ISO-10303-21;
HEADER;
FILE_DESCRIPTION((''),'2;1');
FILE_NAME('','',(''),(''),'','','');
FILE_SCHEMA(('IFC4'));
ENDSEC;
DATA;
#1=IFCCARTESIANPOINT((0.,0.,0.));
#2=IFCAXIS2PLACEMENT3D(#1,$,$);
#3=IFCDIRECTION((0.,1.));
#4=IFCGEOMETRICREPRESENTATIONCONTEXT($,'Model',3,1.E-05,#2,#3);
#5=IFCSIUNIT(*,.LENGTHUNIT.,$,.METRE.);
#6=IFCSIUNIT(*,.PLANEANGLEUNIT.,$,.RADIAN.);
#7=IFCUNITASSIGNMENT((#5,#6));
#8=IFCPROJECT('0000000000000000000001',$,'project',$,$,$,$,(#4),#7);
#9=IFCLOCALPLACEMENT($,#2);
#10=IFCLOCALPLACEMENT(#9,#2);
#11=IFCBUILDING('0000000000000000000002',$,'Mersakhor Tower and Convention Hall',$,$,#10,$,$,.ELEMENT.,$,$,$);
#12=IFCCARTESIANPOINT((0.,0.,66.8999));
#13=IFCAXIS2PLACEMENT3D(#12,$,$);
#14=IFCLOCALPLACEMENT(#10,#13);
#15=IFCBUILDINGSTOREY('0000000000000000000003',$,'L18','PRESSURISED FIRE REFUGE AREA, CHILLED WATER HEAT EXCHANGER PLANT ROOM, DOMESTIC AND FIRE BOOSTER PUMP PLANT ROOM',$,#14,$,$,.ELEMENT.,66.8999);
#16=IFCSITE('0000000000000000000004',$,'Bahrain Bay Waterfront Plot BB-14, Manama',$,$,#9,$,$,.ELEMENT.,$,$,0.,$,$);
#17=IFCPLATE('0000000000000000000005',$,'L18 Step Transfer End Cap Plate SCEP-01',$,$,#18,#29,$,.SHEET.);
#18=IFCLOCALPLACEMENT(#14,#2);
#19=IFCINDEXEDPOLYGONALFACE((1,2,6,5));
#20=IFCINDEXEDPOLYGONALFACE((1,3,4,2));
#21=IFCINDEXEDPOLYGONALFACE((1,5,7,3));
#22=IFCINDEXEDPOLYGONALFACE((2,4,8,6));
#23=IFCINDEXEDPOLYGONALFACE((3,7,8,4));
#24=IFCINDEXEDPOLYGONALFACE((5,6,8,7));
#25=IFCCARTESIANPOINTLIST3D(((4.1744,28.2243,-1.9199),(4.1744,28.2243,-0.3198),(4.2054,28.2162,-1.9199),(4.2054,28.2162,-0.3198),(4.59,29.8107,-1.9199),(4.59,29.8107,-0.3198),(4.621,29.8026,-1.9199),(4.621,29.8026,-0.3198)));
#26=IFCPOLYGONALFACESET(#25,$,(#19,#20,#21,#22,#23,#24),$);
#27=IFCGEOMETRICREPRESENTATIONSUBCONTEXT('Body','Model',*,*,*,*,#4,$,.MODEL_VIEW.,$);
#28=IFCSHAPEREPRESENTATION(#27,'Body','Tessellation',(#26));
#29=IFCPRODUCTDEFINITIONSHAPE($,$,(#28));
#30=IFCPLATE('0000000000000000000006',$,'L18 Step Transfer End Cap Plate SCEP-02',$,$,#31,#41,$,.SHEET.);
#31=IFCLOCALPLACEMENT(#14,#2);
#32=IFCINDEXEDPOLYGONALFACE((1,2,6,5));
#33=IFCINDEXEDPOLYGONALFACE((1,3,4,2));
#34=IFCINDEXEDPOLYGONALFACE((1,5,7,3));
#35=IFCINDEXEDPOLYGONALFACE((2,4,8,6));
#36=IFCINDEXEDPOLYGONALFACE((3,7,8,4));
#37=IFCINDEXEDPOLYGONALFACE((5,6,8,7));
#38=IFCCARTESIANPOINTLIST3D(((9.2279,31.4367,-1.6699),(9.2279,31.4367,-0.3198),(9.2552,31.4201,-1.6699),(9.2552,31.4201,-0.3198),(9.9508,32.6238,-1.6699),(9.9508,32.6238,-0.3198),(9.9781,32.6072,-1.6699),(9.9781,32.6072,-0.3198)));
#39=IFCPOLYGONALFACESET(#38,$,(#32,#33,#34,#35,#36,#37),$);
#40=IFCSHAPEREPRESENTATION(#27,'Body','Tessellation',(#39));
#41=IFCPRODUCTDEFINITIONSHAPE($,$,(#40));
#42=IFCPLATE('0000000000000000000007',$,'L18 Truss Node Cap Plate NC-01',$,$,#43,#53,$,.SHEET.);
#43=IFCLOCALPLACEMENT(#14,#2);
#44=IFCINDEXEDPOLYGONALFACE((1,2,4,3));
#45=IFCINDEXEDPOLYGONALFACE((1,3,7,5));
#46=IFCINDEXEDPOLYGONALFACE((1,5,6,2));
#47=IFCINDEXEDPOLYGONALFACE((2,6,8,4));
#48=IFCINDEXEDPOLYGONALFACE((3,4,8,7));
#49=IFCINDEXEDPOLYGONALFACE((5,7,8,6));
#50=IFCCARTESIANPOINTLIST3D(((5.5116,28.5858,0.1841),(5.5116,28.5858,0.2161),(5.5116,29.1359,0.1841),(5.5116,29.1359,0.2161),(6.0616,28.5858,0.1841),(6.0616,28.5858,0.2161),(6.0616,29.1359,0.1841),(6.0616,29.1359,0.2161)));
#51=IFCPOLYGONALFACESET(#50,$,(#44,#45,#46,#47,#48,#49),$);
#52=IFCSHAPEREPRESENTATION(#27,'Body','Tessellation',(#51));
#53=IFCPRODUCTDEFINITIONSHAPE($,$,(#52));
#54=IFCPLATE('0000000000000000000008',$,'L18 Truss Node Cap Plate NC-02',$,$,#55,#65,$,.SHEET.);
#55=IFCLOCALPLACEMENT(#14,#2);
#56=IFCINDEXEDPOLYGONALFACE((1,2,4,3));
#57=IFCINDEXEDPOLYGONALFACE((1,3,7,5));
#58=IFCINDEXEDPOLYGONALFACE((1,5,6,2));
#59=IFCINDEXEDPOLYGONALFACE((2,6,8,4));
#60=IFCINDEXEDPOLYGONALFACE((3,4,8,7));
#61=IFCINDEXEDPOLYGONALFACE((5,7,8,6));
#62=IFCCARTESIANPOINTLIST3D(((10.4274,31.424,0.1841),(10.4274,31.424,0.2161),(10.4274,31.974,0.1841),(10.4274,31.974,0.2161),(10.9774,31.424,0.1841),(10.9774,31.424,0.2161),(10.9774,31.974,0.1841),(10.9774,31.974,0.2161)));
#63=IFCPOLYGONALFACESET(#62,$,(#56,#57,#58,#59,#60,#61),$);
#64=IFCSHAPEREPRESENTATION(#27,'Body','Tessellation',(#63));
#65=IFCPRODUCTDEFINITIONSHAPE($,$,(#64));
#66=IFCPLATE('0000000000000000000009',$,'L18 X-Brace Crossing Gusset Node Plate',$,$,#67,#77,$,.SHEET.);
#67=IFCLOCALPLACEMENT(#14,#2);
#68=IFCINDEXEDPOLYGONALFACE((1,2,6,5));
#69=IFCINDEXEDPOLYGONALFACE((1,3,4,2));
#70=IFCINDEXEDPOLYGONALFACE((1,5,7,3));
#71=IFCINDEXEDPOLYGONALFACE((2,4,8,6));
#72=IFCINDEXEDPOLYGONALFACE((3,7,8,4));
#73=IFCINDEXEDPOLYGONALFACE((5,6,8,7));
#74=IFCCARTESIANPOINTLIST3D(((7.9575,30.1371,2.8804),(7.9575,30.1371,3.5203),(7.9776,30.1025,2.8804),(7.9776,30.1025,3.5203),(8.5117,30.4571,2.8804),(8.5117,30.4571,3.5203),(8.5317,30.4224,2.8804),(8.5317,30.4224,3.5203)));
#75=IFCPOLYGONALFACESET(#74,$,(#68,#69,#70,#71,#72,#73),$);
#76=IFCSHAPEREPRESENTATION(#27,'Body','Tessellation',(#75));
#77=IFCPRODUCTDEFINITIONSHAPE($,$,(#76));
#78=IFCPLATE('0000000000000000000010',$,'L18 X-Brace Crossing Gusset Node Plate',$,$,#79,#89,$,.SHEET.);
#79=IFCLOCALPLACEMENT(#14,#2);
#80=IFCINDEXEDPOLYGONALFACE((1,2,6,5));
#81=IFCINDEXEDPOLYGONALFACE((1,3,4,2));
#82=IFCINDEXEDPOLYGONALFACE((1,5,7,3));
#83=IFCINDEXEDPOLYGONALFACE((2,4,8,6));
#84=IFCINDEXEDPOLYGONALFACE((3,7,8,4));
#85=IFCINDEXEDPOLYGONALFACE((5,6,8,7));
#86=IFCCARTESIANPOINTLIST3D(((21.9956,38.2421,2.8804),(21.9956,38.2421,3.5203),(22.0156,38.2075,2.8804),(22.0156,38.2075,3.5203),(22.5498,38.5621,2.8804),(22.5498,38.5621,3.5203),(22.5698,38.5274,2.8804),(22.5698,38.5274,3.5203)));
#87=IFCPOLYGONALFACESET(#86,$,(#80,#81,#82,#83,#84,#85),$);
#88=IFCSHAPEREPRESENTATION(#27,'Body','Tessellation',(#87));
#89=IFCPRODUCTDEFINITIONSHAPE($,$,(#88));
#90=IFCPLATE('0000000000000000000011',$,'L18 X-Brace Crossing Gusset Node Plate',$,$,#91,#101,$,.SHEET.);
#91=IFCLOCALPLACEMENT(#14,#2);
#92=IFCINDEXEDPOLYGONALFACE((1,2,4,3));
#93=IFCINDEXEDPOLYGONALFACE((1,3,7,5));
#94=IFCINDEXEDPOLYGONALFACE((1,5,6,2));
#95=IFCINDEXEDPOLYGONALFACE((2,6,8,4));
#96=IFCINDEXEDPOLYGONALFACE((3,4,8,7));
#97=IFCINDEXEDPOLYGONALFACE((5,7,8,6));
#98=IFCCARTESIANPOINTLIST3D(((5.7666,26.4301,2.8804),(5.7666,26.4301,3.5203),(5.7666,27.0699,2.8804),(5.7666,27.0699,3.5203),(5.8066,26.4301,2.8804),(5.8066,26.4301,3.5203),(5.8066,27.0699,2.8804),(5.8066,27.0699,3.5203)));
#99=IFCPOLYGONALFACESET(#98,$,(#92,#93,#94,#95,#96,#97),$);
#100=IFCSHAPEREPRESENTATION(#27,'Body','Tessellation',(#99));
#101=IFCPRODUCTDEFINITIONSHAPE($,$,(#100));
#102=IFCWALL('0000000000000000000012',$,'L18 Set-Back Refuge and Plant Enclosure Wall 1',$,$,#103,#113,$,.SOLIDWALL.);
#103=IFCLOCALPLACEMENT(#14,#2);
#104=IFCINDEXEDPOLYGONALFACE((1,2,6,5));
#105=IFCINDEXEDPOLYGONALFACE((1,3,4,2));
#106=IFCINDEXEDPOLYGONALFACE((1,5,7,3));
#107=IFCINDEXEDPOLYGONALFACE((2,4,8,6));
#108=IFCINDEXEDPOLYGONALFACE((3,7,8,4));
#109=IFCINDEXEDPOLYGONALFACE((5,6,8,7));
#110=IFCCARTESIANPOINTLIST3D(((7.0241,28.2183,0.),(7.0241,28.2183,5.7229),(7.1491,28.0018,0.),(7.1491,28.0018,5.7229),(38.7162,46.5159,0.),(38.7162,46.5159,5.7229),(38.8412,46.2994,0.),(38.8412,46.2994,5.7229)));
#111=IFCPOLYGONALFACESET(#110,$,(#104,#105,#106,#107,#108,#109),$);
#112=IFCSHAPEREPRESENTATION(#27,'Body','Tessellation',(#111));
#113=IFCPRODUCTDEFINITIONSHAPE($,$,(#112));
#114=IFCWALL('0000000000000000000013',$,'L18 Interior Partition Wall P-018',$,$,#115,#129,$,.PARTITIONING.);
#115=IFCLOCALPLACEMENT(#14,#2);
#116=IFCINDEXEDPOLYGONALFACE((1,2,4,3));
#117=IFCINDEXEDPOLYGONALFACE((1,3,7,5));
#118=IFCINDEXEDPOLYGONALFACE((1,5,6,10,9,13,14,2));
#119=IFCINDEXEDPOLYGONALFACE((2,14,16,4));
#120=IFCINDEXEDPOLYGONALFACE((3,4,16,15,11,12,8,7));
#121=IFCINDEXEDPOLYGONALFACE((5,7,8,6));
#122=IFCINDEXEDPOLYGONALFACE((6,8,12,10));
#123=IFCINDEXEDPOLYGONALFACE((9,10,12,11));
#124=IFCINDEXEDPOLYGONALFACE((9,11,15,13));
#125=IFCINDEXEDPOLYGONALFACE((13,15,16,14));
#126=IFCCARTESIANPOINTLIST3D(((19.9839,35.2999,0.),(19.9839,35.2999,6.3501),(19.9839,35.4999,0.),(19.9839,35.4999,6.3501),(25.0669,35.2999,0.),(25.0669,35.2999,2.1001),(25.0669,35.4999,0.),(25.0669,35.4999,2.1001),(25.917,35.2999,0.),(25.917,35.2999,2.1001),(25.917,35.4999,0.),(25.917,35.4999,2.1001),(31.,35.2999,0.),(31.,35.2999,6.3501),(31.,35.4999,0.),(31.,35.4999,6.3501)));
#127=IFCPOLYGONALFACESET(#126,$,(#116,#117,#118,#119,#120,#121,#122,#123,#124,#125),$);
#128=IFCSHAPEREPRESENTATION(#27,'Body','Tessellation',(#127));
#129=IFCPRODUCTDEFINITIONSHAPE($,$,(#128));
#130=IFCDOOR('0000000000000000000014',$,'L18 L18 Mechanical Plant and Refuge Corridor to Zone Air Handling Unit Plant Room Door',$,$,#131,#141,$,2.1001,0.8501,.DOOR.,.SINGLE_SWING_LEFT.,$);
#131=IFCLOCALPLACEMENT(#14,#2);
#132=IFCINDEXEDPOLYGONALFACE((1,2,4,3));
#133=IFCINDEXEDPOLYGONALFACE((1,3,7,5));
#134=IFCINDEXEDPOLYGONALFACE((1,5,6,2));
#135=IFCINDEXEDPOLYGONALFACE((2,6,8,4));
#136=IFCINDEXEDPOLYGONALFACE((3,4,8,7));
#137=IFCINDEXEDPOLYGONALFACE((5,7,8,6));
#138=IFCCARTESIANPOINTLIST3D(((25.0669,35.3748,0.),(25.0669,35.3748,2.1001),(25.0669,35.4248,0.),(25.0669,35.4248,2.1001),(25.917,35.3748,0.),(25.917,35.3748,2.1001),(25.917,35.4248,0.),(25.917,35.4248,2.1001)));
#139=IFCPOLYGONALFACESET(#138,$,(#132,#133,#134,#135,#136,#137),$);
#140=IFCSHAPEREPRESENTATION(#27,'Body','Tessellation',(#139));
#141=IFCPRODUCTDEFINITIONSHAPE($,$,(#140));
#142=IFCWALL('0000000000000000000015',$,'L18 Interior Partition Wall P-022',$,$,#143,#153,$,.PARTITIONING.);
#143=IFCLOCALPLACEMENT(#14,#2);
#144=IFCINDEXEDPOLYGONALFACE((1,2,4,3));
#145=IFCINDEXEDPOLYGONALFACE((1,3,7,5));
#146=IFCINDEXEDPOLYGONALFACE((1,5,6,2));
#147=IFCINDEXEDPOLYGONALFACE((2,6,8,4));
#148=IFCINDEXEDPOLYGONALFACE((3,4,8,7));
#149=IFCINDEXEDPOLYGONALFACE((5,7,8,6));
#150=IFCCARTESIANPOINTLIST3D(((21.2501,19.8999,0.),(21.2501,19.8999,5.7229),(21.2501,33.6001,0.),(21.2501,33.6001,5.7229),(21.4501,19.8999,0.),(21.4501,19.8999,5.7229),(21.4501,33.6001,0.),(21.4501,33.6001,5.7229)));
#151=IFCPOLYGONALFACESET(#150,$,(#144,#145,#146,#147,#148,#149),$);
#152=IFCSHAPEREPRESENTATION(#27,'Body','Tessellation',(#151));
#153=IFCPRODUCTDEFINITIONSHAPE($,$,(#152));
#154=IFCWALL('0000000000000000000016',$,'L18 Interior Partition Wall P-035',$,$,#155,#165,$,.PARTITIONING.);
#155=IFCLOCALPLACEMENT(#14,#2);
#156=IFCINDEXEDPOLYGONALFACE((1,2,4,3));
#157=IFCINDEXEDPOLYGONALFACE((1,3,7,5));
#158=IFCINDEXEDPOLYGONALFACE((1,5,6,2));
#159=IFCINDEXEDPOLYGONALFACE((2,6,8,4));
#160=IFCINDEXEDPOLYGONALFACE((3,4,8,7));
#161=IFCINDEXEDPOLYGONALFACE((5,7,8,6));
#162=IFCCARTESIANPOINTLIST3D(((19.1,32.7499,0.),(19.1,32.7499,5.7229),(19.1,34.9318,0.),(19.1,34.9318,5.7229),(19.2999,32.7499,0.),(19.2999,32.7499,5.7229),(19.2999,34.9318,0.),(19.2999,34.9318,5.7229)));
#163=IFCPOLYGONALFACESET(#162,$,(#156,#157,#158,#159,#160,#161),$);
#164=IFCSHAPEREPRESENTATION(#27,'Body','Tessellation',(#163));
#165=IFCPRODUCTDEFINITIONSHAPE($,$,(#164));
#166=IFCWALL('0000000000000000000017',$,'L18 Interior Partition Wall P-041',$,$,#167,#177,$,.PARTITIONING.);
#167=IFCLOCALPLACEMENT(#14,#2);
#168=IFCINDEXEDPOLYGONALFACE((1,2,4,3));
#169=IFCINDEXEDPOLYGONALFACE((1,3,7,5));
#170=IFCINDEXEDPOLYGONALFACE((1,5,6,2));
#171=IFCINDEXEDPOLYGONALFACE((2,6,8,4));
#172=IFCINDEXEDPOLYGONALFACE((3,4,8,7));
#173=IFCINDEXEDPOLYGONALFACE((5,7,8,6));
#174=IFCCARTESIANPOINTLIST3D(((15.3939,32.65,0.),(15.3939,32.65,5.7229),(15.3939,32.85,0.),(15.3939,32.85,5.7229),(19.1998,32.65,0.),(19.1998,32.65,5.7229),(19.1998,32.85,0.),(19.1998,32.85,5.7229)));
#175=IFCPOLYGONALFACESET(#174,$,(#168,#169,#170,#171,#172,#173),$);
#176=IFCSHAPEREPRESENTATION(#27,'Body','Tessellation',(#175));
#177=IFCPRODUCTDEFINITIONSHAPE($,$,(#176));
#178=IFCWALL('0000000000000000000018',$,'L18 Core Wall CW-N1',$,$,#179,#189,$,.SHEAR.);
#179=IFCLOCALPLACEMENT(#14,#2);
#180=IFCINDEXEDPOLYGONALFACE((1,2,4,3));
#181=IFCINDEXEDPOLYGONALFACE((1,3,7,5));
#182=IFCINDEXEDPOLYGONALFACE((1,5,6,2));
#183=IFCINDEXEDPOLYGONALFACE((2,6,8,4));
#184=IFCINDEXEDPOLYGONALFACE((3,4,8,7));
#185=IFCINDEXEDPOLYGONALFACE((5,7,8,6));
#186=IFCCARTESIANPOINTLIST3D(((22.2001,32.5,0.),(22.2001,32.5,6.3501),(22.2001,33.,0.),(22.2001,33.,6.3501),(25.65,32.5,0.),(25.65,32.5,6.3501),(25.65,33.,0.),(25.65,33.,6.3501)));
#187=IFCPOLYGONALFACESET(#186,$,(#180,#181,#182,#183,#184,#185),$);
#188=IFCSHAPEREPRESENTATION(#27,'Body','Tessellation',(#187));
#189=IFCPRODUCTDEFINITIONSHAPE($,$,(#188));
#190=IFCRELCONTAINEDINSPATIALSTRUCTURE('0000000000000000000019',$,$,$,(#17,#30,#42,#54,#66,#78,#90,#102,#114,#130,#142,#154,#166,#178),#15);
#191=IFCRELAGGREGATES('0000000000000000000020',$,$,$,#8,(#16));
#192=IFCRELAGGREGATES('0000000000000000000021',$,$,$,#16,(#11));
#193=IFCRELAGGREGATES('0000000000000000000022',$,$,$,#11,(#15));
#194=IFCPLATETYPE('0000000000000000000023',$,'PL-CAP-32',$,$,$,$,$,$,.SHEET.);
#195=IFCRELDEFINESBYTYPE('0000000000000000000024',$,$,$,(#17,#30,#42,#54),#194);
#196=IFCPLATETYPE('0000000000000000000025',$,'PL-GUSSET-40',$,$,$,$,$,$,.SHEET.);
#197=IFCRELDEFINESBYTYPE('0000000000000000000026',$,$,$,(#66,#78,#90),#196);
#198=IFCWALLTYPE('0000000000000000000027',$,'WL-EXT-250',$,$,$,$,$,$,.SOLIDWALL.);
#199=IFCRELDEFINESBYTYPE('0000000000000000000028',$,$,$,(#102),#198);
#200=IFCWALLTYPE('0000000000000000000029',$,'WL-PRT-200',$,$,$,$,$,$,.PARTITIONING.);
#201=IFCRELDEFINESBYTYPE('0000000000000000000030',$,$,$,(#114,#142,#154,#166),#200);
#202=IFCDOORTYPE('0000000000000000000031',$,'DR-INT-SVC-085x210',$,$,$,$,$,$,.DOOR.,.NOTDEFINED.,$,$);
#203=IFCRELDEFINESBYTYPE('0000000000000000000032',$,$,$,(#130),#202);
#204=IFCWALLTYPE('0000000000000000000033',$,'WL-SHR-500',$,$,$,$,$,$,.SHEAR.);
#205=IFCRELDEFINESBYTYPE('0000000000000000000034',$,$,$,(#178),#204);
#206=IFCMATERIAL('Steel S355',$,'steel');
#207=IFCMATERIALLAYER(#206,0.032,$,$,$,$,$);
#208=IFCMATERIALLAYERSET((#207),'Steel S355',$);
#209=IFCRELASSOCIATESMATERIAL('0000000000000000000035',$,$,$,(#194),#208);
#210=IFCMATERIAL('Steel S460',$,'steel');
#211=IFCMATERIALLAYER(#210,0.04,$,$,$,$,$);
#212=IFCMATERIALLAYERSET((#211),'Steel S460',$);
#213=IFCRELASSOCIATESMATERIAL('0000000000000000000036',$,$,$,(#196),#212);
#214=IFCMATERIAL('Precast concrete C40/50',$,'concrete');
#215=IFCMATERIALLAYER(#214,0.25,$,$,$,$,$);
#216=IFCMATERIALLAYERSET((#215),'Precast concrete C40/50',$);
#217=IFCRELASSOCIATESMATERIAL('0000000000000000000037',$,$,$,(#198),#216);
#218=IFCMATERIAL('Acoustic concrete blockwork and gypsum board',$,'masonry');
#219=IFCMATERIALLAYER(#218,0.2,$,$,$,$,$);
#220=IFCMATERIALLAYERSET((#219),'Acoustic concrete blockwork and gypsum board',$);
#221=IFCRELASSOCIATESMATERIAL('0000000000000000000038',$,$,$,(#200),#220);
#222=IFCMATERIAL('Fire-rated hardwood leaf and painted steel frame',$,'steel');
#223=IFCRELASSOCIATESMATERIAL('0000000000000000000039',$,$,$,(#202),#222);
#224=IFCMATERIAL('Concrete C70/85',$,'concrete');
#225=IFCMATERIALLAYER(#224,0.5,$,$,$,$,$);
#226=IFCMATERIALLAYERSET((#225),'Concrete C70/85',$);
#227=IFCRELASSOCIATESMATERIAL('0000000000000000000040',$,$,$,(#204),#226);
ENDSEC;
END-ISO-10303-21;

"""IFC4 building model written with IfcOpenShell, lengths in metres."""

from ifc_helpers import new_model, si_unit, direction, frame, frame_2d, origin, origin_2d, place, context, subcontext, project, spatial, rectangle, extrude, material, layer, layer_set, type_object, element, fill, save


model = new_model("IFC4")

# Units and contexts
model_context = context("Model", 3, precision=1e-05, world=origin(), true_north=direction((0.0, 1.0)))
body_context = subcontext(model_context, "Body", "Model", "MODEL_VIEW")
ifc_project = project(units=[si_unit("LENGTHUNIT", "METRE"), si_unit("PLANEANGLEUNIT", "RADIAN")], contexts=[model_context])

# Site, building, storey
site_placement = place(None, origin())
site = spatial("IfcSite", under=ifc_project, at=site_placement, Name="Bahrain Bay Waterfront Plot BB-14, Manama", CompositionType="ELEMENT", RefElevation=0.0)
building_placement = place(site_placement, origin())
building = spatial("IfcBuilding", under=site, at=building_placement, Name="Mersakhor Tower and Convention Hall", CompositionType="ELEMENT")
storey_placement = place(building_placement, frame((0.0, 0.0, 66.8999)))
storey = spatial("IfcBuildingStorey", under=building, at=storey_placement, Name="L18", Description="PRESSURISED FIRE REFUGE AREA, CHILLED WATER HEAT EXCHANGER PLANT ROOM, DOMESTIC AND FIRE BOOSTER PUMP PLANT ROOM", CompositionType="ELEMENT", Elevation=66.8999)

# Plates
ifc_material_1 = material(Name="Steel S355", Category="steel")
ifc_layer_1 = layer(ifc_material_1, 0.032)
ifc_layer_set_1 = layer_set([ifc_layer_1], Name="Steel S355")
plate_type_1 = type_object("IfcPlateType", Name="PL-CAP-32", PredefinedType="SHEET", material=ifc_layer_set_1)
plate_1_placement = place(storey_placement, frame((4.3977, 29.0134, -1.9199), z_axis=(0.0, 0.0, 1.0), x_axis=(0.967356, -0.25342, 0.0)))
element("IfcPlate", 1, at=plate_1_placement, inside=storey, type_object=plate_type_1, Name="L18 Step Transfer End Cap Plate SCEP-01", PredefinedType="SHEET", context=body_context, shape_type="SweptSolid", body=[
    extrude(rectangle(XDim=0.032, YDim=1.6399, at=origin_2d()), origin(), (0.0, 0.0, 1.0), 1.6001),
])
plate_2_placement = place(storey_placement, frame((9.603, 32.022, -1.6699), z_axis=(0.0, 0.0, 1.0), x_axis=(0.854096, -0.520116, 0.0)))
element("IfcPlate", 2, at=plate_2_placement, inside=storey, type_object=plate_type_1, Name="L18 Step Transfer End Cap Plate SCEP-02", PredefinedType="SHEET", context=body_context, shape_type="SweptSolid", body=[
    extrude(rectangle(XDim=0.032, YDim=1.3899, at=origin_2d()), origin(), (0.0, 0.0, 1.0), 1.3501),
])
for number, where, z_axis, x_axis, name in (
    (3, (5.7866, 28.8608, 0.1841), (0.0, 0.0, 1.0), (1.0, 0.0, 0.0), "L18 Truss Node Cap Plate NC-01"),
    (4, (10.7024, 31.699, 0.1841), (0.0, 0.0, 1.0), (1.0, 0.0, 0.0), "L18 Truss Node Cap Plate NC-02"),
):
    element("IfcPlate", number, at=place(storey_placement, frame(where, z_axis=z_axis, x_axis=x_axis)), inside=storey, type_object=plate_type_1, Name=name, PredefinedType="SHEET", context=body_context, shape_type="SweptSolid", body=[
        extrude(rectangle(XDim=0.55, YDim=0.55, at=origin_2d()), origin(), (0.0, 0.0, 1.0), 0.032),
    ])
ifc_material_2 = material(Name="Steel S460", Category="steel")
ifc_layer_2 = layer(ifc_material_2, 0.04)
ifc_layer_set_2 = layer_set([ifc_layer_2], Name="Steel S460")
plate_type_2 = type_object("IfcPlateType", Name="PL-GUSSET-40", PredefinedType="SHEET", material=ifc_layer_set_2)
for number, where, z_axis, x_axis, name in (
    (5, (8.2446, 30.2798, 2.8804), (0.0, 0.0, 1.0), (-0.866025, -0.5, 0.0), "L18 X-Brace Crossing Gusset Node Plate"),
    (6, (22.2827, 38.3848, 2.8804), (0.0, 0.0, 1.0), (-0.866025, -0.5, 0.0), "L18 X-Brace Crossing Gusset Node Plate"),
    (7, (5.7866, 26.75, 2.8804), (0.0, 0.0, 1.0), (0.0, -1.0, 0.0), "L18 X-Brace Crossing Gusset Node Plate"),
):
    element("IfcPlate", number, at=place(storey_placement, frame(where, z_axis=z_axis, x_axis=x_axis)), inside=storey, type_object=plate_type_2, Name=name, PredefinedType="SHEET", context=body_context, shape_type="SweptSolid", body=[
        extrude(rectangle(XDim=0.6399, YDim=0.04, at=origin_2d()), origin(), (0.0, 0.0, 1.0), 0.6399),
    ])

# Wall
ifc_material_3 = material(Name="Precast concrete C40/50", Category="concrete")
ifc_layer_3 = layer(ifc_material_3, 0.25)
ifc_layer_set_3 = layer_set([ifc_layer_3], Name="Precast concrete C40/50")
wall_type_1 = type_object("IfcWallType", Name="WL-EXT-250", PredefinedType="SOLIDWALL", material=ifc_layer_set_3)
wall_1_placement = place(storey_placement, frame((7.0867, 28.1101, 0.0), z_axis=(0.0, 0.0, 1.0), x_axis=(0.866024, 0.500003, 0.0)))
element("IfcWall", 8, at=wall_1_placement, inside=storey, type_object=wall_type_1, Name="L18 Set-Back Refuge and Plant Enclosure Wall 1", PredefinedType="SOLIDWALL", context=body_context, shape_type="SweptSolid", body=[
    extrude(rectangle(XDim=36.595, YDim=0.25, at=frame_2d((18.2974, 0.0))), origin(), (0.0, 0.0, 1.0), 5.7229),
])

# Wall, opening, door
ifc_material_4 = material(Name="Acoustic concrete blockwork and gypsum board", Category="masonry")
ifc_layer_4 = layer(ifc_material_4, 0.2)
ifc_layer_set_4 = layer_set([ifc_layer_4], Name="Acoustic concrete blockwork and gypsum board")
wall_type_2 = type_object("IfcWallType", Name="WL-PRT-200", PredefinedType="PARTITIONING", material=ifc_layer_set_4)
wall_2_placement = place(storey_placement, frame((19.9839, 35.3999, 0.0), z_axis=(0.0, 0.0, 1.0), x_axis=(1.0, 0.0, 0.0)))
wall_2 = element("IfcWall", 9, at=wall_2_placement, inside=storey, type_object=wall_type_2, Name="L18 Interior Partition Wall P-018", PredefinedType="PARTITIONING", context=body_context, shape_type="SweptSolid", body=[
    extrude(rectangle(XDim=11.0161, YDim=0.2, at=frame_2d((5.5081, 0.0))), origin(), (0.0, 0.0, 1.0), 6.3501),
])
opening_placement = place(wall_2_placement, frame((5.083, 0.0, 0.0)))
opening = element("IfcOpeningElement", 10, at=opening_placement, cuts=wall_2, PredefinedType="OPENING", context=body_context, shape_type="SweptSolid", body=[
    extrude(rectangle(XDim=0.8501, YDim=2.1001, at=frame_2d((0.425, 1.05))), frame((0.0, 0.1099, 0.0), z_axis=(0.0, -1.0, 0.0), x_axis=(1.0, 0.0, 0.0)), (0.0, 0.0, 1.0), 0.22),
])
ifc_material_5 = material(Name="Fire-rated hardwood leaf and painted steel frame", Category="steel")
door_type = type_object("IfcDoorType", Name="DR-INT-SVC-085x210", OperationType="NOTDEFINED", PredefinedType="DOOR", material=ifc_material_5)
door_placement = place(opening_placement, origin())
door = element("IfcDoor", 11, at=door_placement, inside=storey, type_object=door_type, Name="L18 L18 Mechanical Plant and Refuge Corridor to Zone Air Handling Unit Plant Room Door", OperationType="SINGLE_SWING_LEFT", OverallHeight=2.1001, OverallWidth=0.8501, PredefinedType="DOOR", context=body_context, shape_type="SweptSolid", body=[
    extrude(rectangle(XDim=0.8501, YDim=2.1001, at=frame_2d((0.425, 1.05))), frame((0.0, 0.0249, 0.0), z_axis=(0.0, -1.0, 0.0), x_axis=(1.0, 0.0, 0.0)), (0.0, 0.0, 1.0), 0.05),
])
fill(opening, door)

# Walls
wall_3_placement = place(storey_placement, frame((21.3501, 33.6001, 0.0), z_axis=(0.0, 0.0, 1.0), x_axis=(0.0, -1.0, 0.0)))
element("IfcWall", 12, at=wall_3_placement, inside=storey, type_object=wall_type_2, Name="L18 Interior Partition Wall P-022", PredefinedType="PARTITIONING", context=body_context, shape_type="SweptSolid", body=[
    extrude(rectangle(XDim=13.7002, YDim=0.2, at=frame_2d((6.8501, 0.0))), origin(), (0.0, 0.0, 1.0), 5.7229),
])
wall_4_placement = place(storey_placement, frame((19.2, 32.75, 0.0), z_axis=(0.0, 0.0, 1.0), x_axis=(0.0, 1.0, 0.0)))
element("IfcWall", 13, at=wall_4_placement, inside=storey, type_object=wall_type_2, Name="L18 Interior Partition Wall P-035", PredefinedType="PARTITIONING", context=body_context, shape_type="SweptSolid", body=[
    extrude(rectangle(XDim=2.1819, YDim=0.2, at=frame_2d((1.0908, 0.0))), origin(), (0.0, 0.0, 1.0), 5.7229),
])
wall_5_placement = place(storey_placement, frame((15.394, 32.75, 0.0), z_axis=(0.0, 0.0, 1.0), x_axis=(1.0, 0.0, 0.0)))
element("IfcWall", 14, at=wall_5_placement, inside=storey, type_object=wall_type_2, Name="L18 Interior Partition Wall P-041", PredefinedType="PARTITIONING", context=body_context, shape_type="SweptSolid", body=[
    extrude(rectangle(XDim=3.8059, YDim=0.2, at=frame_2d((1.9028, 0.0))), origin(), (0.0, 0.0, 1.0), 5.7229),
])
ifc_material_6 = material(Name="Concrete C70/85", Category="concrete")
ifc_layer_5 = layer(ifc_material_6, 0.5)
ifc_layer_set_5 = layer_set([ifc_layer_5], Name="Concrete C70/85")
wall_type_3 = type_object("IfcWallType", Name="WL-SHR-500", PredefinedType="SHEAR", material=ifc_layer_set_5)
wall_6_placement = place(storey_placement, frame((22.2, 32.75, 0.0), z_axis=(0.0, 0.0, 1.0), x_axis=(1.0, 0.0, 0.0)))
element("IfcWall", 15, at=wall_6_placement, inside=storey, type_object=wall_type_3, Name="L18 Core Wall CW-N1", PredefinedType="SHEAR", context=body_context, shape_type="SweptSolid", body=[
    extrude(rectangle(XDim=3.45, YDim=0.5, at=frame_2d((1.7251, 0.0))), origin(), (0.0, 0.0, 1.0), 6.3501),
])

save(model, "model.ifc")
